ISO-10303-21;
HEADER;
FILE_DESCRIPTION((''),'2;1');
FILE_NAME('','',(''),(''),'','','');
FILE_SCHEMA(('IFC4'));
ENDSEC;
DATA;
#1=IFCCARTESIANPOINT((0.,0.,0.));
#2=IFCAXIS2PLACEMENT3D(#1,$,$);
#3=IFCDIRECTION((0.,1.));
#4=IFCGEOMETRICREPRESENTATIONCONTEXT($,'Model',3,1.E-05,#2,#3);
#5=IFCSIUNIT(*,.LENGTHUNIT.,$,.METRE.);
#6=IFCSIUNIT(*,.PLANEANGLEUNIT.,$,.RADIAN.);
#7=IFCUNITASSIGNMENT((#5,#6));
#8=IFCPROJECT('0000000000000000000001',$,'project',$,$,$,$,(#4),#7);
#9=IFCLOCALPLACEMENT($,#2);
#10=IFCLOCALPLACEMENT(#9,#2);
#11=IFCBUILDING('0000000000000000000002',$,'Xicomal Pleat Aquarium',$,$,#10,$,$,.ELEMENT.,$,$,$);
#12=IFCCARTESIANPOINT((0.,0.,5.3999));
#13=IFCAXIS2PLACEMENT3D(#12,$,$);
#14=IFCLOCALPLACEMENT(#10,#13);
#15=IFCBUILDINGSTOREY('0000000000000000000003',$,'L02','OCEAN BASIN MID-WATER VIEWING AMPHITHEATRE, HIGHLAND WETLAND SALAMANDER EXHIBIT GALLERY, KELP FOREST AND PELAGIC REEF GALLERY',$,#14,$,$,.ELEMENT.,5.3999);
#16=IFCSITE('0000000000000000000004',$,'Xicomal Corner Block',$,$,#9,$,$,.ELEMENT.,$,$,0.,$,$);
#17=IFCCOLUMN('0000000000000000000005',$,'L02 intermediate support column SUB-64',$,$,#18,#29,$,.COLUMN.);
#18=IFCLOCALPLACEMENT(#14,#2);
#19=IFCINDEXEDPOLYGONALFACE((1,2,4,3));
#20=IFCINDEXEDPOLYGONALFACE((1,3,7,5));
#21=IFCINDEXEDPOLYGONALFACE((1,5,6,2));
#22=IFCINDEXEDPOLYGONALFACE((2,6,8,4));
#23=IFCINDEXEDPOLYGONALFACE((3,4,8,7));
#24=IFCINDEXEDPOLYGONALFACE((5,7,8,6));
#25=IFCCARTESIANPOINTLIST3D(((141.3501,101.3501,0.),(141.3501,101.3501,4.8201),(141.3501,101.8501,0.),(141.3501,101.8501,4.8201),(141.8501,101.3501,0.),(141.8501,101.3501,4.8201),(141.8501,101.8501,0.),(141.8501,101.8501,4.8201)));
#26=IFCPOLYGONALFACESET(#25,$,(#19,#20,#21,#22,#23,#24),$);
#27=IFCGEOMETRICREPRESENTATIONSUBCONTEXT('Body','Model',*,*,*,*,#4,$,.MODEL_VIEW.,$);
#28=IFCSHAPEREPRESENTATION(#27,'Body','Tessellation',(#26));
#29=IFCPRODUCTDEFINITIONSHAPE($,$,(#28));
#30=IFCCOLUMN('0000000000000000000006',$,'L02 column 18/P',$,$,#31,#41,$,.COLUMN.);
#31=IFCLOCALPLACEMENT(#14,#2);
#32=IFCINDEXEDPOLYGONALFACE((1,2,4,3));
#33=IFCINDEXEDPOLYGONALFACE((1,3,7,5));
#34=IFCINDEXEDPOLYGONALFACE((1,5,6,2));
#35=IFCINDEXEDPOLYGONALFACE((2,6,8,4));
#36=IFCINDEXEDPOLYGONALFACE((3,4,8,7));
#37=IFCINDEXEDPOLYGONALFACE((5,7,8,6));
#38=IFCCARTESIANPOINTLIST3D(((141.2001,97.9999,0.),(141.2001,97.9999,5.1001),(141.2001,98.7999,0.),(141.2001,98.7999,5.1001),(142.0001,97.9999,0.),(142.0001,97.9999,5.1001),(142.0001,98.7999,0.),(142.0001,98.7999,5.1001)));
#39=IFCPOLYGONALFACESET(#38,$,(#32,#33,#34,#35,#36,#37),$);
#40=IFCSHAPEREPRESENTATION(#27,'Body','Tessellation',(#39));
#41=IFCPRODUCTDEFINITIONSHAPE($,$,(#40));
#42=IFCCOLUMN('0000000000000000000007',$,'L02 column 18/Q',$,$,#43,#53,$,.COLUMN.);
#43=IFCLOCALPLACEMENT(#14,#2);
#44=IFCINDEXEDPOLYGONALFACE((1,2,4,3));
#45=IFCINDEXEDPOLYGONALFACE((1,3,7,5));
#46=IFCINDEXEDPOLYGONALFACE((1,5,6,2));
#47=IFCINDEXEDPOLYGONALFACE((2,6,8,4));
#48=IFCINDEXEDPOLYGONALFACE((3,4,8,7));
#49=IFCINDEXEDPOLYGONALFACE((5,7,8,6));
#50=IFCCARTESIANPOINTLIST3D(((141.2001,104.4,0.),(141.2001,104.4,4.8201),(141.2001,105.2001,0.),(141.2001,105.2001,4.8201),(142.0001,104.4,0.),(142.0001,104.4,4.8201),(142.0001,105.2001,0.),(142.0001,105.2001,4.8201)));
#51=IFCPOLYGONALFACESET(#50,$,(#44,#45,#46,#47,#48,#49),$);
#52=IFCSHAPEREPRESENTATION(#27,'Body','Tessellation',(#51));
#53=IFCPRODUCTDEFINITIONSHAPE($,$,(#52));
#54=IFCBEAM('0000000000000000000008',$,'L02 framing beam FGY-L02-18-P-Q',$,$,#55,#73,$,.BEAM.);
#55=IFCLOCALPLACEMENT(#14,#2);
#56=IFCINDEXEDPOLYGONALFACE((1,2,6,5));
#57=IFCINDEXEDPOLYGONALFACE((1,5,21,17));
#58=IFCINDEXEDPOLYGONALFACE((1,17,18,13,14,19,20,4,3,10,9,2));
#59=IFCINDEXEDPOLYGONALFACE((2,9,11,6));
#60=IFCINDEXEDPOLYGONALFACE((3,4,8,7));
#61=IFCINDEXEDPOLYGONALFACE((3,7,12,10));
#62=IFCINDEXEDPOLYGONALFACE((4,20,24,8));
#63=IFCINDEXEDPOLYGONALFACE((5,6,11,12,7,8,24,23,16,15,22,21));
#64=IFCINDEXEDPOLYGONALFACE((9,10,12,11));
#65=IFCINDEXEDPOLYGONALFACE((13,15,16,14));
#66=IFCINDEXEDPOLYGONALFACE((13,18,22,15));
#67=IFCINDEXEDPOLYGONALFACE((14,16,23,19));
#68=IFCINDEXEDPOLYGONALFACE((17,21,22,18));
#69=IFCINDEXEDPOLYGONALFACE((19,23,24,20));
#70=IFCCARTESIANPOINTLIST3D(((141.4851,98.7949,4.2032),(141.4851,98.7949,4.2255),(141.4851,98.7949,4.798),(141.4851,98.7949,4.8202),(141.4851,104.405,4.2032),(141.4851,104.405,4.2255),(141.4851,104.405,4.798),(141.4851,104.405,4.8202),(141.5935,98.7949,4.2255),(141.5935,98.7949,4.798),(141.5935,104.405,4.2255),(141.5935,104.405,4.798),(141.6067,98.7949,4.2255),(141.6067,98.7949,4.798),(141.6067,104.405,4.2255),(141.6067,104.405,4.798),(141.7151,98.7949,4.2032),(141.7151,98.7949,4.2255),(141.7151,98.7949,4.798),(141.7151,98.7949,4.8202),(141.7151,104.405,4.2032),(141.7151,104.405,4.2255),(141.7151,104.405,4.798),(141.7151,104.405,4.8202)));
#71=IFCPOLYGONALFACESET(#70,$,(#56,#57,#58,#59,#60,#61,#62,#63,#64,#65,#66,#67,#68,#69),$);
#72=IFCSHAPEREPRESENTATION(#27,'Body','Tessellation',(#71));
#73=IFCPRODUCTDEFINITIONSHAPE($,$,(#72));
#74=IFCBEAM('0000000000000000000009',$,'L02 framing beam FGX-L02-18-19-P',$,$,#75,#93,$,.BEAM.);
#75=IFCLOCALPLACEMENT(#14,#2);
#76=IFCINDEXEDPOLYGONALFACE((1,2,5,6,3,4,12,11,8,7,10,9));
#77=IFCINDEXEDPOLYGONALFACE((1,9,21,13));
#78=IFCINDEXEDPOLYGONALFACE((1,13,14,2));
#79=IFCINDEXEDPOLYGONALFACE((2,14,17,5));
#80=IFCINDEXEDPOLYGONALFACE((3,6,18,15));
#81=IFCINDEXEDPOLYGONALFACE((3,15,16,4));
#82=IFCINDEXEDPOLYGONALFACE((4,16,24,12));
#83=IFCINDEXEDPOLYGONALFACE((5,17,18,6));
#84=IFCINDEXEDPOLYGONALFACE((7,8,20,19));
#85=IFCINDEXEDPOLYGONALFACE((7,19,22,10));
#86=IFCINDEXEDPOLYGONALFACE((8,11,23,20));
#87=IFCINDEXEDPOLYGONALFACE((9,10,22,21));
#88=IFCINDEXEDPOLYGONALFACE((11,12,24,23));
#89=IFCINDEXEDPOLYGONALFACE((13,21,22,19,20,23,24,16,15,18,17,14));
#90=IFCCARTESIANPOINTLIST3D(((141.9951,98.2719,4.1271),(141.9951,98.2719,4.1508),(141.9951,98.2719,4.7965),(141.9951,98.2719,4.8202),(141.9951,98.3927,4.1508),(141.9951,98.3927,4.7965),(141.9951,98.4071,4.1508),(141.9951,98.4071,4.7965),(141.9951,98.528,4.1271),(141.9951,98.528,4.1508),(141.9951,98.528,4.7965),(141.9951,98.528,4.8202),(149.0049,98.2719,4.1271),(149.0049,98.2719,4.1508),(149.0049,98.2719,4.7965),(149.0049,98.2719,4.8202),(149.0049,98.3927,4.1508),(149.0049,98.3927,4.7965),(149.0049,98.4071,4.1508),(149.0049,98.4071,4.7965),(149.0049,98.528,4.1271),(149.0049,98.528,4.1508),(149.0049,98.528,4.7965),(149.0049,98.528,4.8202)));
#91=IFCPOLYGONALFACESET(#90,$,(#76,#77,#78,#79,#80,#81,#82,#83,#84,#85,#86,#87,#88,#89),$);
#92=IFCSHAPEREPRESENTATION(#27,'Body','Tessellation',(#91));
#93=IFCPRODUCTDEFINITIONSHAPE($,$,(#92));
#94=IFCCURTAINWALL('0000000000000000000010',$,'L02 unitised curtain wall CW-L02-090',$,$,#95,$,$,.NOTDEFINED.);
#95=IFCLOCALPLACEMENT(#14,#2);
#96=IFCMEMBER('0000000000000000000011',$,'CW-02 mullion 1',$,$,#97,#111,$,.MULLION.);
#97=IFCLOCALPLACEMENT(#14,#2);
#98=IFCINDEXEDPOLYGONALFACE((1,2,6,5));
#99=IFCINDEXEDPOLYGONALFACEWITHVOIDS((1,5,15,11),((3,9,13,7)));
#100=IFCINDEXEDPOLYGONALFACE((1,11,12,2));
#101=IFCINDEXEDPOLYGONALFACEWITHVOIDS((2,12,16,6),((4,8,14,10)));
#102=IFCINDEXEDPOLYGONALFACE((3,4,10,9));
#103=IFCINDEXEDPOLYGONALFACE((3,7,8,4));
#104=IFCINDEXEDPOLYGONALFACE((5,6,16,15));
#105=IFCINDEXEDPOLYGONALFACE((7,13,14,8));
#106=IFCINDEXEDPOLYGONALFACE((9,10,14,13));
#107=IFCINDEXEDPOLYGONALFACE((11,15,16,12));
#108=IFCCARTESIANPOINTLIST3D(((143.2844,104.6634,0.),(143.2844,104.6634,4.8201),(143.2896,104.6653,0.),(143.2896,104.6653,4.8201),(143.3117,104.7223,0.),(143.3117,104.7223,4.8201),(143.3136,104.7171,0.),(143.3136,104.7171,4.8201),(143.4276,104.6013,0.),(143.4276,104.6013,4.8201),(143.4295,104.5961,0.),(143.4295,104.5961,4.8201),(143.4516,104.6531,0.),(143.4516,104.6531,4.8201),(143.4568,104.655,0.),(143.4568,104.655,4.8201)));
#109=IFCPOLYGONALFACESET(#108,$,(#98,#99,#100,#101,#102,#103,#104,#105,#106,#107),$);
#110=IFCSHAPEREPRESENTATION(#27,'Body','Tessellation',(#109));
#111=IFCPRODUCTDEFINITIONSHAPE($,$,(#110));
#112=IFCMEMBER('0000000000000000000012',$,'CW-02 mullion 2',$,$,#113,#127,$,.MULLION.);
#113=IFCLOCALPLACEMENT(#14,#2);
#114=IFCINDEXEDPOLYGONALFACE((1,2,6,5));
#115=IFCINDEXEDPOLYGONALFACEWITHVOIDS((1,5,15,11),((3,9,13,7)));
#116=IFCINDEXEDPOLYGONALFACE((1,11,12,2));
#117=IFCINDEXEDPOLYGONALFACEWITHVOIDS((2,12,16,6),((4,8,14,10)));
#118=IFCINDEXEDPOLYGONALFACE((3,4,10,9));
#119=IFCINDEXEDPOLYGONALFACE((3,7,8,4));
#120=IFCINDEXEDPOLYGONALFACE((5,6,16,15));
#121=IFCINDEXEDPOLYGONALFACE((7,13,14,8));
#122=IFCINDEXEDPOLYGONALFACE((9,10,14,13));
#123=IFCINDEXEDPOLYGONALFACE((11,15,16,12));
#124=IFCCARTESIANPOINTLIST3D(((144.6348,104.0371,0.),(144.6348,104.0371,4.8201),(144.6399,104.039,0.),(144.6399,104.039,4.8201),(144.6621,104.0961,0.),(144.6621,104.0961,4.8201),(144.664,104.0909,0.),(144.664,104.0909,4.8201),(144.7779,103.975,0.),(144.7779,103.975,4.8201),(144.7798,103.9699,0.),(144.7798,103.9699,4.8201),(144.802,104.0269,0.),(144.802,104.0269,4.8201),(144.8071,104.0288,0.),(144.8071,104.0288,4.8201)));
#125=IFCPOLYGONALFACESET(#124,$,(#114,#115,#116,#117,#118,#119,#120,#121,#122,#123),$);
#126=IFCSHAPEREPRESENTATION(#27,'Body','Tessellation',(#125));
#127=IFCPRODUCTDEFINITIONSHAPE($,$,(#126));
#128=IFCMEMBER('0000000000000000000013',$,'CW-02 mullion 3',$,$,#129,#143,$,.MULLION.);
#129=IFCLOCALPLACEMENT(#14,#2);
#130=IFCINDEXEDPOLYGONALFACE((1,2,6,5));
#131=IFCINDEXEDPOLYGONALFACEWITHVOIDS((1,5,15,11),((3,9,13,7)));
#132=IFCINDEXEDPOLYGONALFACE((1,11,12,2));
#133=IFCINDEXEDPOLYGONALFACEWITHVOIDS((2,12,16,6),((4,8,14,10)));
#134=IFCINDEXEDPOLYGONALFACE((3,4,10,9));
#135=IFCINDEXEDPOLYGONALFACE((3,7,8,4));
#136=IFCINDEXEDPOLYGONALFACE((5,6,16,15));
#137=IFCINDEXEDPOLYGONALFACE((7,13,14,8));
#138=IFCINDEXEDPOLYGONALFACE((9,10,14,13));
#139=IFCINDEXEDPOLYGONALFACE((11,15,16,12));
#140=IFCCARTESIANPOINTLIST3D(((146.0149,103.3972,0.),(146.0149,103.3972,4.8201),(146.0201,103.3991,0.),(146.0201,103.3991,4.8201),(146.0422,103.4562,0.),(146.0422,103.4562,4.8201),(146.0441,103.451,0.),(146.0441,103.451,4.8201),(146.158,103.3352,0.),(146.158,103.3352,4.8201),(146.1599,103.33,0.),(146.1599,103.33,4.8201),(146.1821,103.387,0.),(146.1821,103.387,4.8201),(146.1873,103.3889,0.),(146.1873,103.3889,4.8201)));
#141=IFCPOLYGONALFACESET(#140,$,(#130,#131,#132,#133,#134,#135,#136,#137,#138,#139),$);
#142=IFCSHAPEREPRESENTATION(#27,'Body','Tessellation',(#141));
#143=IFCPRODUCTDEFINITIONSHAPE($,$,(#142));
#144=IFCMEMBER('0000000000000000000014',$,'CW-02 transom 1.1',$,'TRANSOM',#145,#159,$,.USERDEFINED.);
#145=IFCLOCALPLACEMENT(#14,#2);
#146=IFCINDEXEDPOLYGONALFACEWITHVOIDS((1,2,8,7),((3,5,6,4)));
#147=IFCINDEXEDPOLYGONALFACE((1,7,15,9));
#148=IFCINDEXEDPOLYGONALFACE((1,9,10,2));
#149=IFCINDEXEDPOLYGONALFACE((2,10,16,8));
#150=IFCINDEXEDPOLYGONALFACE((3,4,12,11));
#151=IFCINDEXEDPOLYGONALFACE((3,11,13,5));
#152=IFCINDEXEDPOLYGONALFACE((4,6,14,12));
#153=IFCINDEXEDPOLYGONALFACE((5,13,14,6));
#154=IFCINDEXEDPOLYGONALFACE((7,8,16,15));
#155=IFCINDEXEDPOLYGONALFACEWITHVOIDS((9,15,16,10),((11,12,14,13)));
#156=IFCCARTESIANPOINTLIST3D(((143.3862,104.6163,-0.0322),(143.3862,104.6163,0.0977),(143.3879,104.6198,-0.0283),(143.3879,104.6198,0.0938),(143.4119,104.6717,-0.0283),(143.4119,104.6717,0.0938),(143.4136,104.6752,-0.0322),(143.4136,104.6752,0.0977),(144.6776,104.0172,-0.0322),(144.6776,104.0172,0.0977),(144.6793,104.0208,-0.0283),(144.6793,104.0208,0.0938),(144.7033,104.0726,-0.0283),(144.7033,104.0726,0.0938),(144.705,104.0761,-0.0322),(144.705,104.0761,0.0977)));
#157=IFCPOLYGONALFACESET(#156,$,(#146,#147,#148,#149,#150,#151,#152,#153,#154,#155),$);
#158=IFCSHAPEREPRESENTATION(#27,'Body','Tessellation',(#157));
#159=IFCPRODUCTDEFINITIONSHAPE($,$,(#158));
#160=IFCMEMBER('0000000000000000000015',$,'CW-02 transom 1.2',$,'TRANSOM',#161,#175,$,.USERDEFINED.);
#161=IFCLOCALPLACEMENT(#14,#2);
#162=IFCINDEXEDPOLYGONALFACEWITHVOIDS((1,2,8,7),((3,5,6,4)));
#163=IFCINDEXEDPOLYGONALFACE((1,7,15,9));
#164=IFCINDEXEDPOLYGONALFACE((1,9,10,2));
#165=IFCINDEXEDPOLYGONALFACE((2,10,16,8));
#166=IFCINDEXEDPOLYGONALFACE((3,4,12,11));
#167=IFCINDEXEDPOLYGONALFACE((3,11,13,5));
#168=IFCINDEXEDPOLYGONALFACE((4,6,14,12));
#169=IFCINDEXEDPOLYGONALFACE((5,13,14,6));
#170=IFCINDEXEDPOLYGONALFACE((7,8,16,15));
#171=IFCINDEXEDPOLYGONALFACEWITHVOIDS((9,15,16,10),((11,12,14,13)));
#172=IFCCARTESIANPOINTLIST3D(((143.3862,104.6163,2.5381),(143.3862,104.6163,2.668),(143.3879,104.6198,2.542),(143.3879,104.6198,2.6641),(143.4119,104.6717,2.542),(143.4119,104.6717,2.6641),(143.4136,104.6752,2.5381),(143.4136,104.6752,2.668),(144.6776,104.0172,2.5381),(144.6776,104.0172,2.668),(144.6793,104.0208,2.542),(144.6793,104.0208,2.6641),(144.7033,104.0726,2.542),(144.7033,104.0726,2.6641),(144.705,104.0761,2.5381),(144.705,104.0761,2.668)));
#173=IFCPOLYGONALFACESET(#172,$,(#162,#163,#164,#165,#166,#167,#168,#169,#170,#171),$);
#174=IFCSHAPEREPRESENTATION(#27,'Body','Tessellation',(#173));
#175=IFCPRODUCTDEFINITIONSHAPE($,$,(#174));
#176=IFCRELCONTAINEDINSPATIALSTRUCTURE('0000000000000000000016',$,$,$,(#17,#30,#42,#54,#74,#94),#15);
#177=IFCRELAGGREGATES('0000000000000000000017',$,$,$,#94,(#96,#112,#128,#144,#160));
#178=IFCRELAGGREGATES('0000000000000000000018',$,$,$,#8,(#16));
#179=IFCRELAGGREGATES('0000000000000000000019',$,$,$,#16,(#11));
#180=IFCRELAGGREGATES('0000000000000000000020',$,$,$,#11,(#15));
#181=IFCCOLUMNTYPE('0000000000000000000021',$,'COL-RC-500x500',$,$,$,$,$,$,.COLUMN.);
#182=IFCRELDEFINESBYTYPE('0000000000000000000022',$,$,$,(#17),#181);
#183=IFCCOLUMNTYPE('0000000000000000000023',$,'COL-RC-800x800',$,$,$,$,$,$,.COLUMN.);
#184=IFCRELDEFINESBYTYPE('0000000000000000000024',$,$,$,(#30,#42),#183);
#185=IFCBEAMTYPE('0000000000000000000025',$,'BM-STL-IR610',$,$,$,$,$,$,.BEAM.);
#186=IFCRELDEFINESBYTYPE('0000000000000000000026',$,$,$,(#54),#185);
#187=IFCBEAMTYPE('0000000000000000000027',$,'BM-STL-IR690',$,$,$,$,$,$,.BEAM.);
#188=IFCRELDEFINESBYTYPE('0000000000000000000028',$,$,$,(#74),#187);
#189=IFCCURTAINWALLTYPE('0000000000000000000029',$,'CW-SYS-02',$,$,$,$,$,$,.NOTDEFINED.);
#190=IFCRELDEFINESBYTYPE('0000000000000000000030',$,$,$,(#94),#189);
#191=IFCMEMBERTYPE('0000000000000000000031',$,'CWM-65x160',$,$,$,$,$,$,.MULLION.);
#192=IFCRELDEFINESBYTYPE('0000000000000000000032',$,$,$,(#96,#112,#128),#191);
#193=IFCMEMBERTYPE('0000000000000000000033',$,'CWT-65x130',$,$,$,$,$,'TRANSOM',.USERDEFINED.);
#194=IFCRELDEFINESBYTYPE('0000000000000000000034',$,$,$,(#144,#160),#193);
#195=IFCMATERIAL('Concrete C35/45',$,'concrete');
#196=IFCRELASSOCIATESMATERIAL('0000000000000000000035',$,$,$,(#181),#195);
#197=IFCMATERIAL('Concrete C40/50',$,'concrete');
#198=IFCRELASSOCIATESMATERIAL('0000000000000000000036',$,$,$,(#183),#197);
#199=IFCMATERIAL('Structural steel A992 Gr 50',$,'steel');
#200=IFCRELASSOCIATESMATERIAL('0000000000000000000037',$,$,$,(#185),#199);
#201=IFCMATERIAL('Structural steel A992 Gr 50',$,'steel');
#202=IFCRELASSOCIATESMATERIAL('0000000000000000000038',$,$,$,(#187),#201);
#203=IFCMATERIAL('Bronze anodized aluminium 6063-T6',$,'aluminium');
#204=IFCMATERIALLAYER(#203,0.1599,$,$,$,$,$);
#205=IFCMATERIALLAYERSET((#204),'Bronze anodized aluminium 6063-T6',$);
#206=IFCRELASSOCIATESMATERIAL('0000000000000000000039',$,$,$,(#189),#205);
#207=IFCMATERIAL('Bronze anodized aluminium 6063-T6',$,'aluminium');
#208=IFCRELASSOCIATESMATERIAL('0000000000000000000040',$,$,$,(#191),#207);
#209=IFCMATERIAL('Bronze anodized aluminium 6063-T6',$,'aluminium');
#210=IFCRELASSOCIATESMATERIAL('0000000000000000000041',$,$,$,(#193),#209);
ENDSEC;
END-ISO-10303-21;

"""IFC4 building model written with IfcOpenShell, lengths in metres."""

from ifc_helpers import new_model, si_unit, direction, frame, origin, origin_2d, place, context, subcontext, project, spatial, rectangle, hollow_rectangle, i_section, extrude, material, layer, layer_set, material_profile, profile_set, type_object, element, aggregate, save


model = new_model("IFC4")

# Units and contexts
model_context = context("Model", 3, precision=1e-05, world=origin(), true_north=direction((0.0, 1.0)))
body_context = subcontext(model_context, "Body", "Model", "MODEL_VIEW")
ifc_project = project(units=[si_unit("LENGTHUNIT", "METRE"), si_unit("PLANEANGLEUNIT", "RADIAN")], contexts=[model_context])

# Site, building, storey
site_placement = place(None, origin())
site = spatial("IfcSite", under=ifc_project, at=site_placement, Name="Xicomal Corner Block", CompositionType="ELEMENT", RefElevation=0.0)
building_placement = place(site_placement, origin())
building = spatial("IfcBuilding", under=site, at=building_placement, Name="Xicomal Pleat Aquarium", CompositionType="ELEMENT")
storey_placement = place(building_placement, frame((0.0, 0.0, 5.3999)))
storey = spatial("IfcBuildingStorey", under=building, at=storey_placement, Name="L02", Description="OCEAN BASIN MID-WATER VIEWING AMPHITHEATRE, HIGHLAND WETLAND SALAMANDER EXHIBIT GALLERY, KELP FOREST AND PELAGIC REEF GALLERY", CompositionType="ELEMENT", Elevation=5.3999)

# Columns
ifc_material_1 = material(Name="Concrete C35/45", Category="concrete")
ifc_material_profile_1 = material_profile(ifc_material_1, rectangle(XDim=0.5, YDim=0.5, at=origin_2d()), Name="RC 500x500")
ifc_profile_set_1 = profile_set([ifc_material_profile_1], Name="Concrete C35/45")
column_type_1 = type_object("IfcColumnType", Name="COL-RC-500x500", PredefinedType="COLUMN", material=ifc_profile_set_1)
column_1_placement = place(storey_placement, frame((141.6001, 101.6001, 0.0), z_axis=(0.0, 0.0, 1.0), x_axis=(1.0, 0.0, 0.0)))
element("IfcColumn", 1, at=column_1_placement, inside=storey, type_object=column_type_1, Name="L02 intermediate support column SUB-64", PredefinedType="COLUMN", context=body_context, shape_type="SweptSolid", body=[
    extrude(rectangle(XDim=0.5, YDim=0.5, at=origin_2d()), origin(), (0.0, 0.0, 1.0), 4.8201),
])
ifc_material_2 = material(Name="Concrete C40/50", Category="concrete")
ifc_material_profile_2 = material_profile(ifc_material_2, rectangle(XDim=0.8, YDim=0.8, at=origin_2d()), Name="RC 800x800")
ifc_profile_set_2 = profile_set([ifc_material_profile_2], Name="Concrete C40/50")
column_type_2 = type_object("IfcColumnType", Name="COL-RC-800x800", PredefinedType="COLUMN", material=ifc_profile_set_2)
column_2_placement = place(storey_placement, frame((141.6001, 98.3999, 0.0), z_axis=(0.0, 0.0, 1.0), x_axis=(1.0, 0.0, 0.0)))
element("IfcColumn", 2, at=column_2_placement, inside=storey, type_object=column_type_2, Name="L02 column 18/P", PredefinedType="COLUMN", context=body_context, shape_type="SweptSolid", body=[
    extrude(rectangle(XDim=0.8, YDim=0.8, at=origin_2d()), origin(), (0.0, 0.0, 1.0), 5.1001),
])
column_3_placement = place(storey_placement, frame((141.6001, 104.8, 0.0), z_axis=(0.0, 0.0, 1.0), x_axis=(1.0, 0.0, 0.0)))
element("IfcColumn", 3, at=column_3_placement, inside=storey, type_object=column_type_2, Name="L02 column 18/Q", PredefinedType="COLUMN", context=body_context, shape_type="SweptSolid", body=[
    extrude(rectangle(XDim=0.8, YDim=0.8, at=origin_2d()), origin(), (0.0, 0.0, 1.0), 4.8201),
])

# Beams
ifc_material_3 = material(Name="Structural steel A992 Gr 50", Category="steel")
ifc_material_profile_3 = material_profile(ifc_material_3, i_section(OverallWidth=0.23, OverallDepth=0.6169, WebThickness=0.0132, FlangeThickness=0.0222, at=origin_2d()), Name="IR 610x140")
ifc_profile_set_3 = profile_set([ifc_material_profile_3], Name="Structural steel A992 Gr 50")
beam_type_1 = type_object("IfcBeamType", Name="BM-STL-IR610", PredefinedType="BEAM", material=ifc_profile_set_3)
beam_1_placement = place(storey_placement, frame((141.6001, 98.7949, 4.5117), z_axis=(0.0, 1.0, 0.0), x_axis=(-1.0, 0.0, 0.0)))
element("IfcBeam", 4, at=beam_1_placement, inside=storey, type_object=beam_type_1, Name="L02 framing beam FGY-L02-18-P-Q", PredefinedType="BEAM", context=body_context, shape_type="SweptSolid", body=[
    extrude(i_section(OverallWidth=0.23, OverallDepth=0.6169, WebThickness=0.0132, FlangeThickness=0.0222, at=origin_2d()), origin(), (0.0, 0.0, 1.0), 5.6101),
])
ifc_material_4 = material(Name="Structural steel A992 Gr 50", Category="steel")
ifc_material_profile_4 = material_profile(ifc_material_4, i_section(OverallWidth=0.2561, OverallDepth=0.6931, WebThickness=0.0144, FlangeThickness=0.0237, at=origin_2d()), Name="IR 690x170")
ifc_profile_set_4 = profile_set([ifc_material_profile_4], Name="Structural steel A992 Gr 50")
beam_type_2 = type_object("IfcBeamType", Name="BM-STL-IR690", PredefinedType="BEAM", material=ifc_profile_set_4)
beam_2_placement = place(storey_placement, frame((141.9951, 98.3999, 4.4736), z_axis=(1.0, 0.0, 0.0), x_axis=(0.0, 1.0, 0.0)))
element("IfcBeam", 5, at=beam_2_placement, inside=storey, type_object=beam_type_2, Name="L02 framing beam FGX-L02-18-19-P", PredefinedType="BEAM", context=body_context, shape_type="SweptSolid", body=[
    extrude(i_section(OverallWidth=0.2561, OverallDepth=0.6931, WebThickness=0.0144, FlangeThickness=0.0237, at=origin_2d()), origin(), (0.0, 0.0, 1.0), 7.0098),
])

# Curtain wall, members
ifc_material_5 = material(Name="Bronze anodized aluminium 6063-T6", Category="aluminium")
ifc_layer_1 = layer(ifc_material_5, 0.1599)
ifc_layer_set_1 = layer_set([ifc_layer_1], Name="Bronze anodized aluminium 6063-T6")
curtain_wall_type = type_object("IfcCurtainWallType", Name="CW-SYS-02", PredefinedType="NOTDEFINED", material=ifc_layer_set_1)
curtain_wall_placement = place(storey_placement, origin())
curtain_wall = element("IfcCurtainWall", 6, at=curtain_wall_placement, inside=storey, type_object=curtain_wall_type, Name="L02 unitised curtain wall CW-L02-090", PredefinedType="NOTDEFINED")
ifc_material_6 = material(Name="Bronze anodized aluminium 6063-T6", Category="aluminium")
ifc_material_profile_5 = material_profile(ifc_material_6, hollow_rectangle(XDim=0.0649, YDim=0.1599, WallThickness=0.0039, at=origin_2d()), Name="ALU MULL 65x160")
ifc_profile_set_5 = profile_set([ifc_material_profile_5], Name="Bronze anodized aluminium 6063-T6")
member_type_1 = type_object("IfcMemberType", Name="CWM-65x160", PredefinedType="MULLION", material=ifc_profile_set_5)
member_1_placement = place(storey_placement, frame((143.3706, 104.6592, 0.0), z_axis=(0.0, 0.0, 1.0), x_axis=(0.420725, 0.907188, 0.0)))
member_1 = element("IfcMember", 7, at=member_1_placement, type_object=member_type_1, Name="CW-02 mullion 1", PredefinedType="MULLION", context=body_context, shape_type="SweptSolid", body=[
    extrude(hollow_rectangle(XDim=0.0649, YDim=0.1599, WallThickness=0.0039, at=origin_2d()), origin(), (0.0, 0.0, 1.0), 4.8201),
])
member_2_placement = place(storey_placement, frame((144.7209, 104.033, 0.0), z_axis=(0.0, 0.0, 1.0), x_axis=(0.420725, 0.907188, 0.0)))
member_2 = element("IfcMember", 8, at=member_2_placement, type_object=member_type_1, Name="CW-02 mullion 2", PredefinedType="MULLION", context=body_context, shape_type="SweptSolid", body=[
    extrude(hollow_rectangle(XDim=0.0649, YDim=0.1599, WallThickness=0.0039, at=origin_2d()), origin(), (0.0, 0.0, 1.0), 4.8201),
])
member_3_placement = place(storey_placement, frame((146.1011, 103.3931, 0.0), z_axis=(0.0, 0.0, 1.0), x_axis=(0.420725, 0.907188, 0.0)))
member_3 = element("IfcMember", 9, at=member_3_placement, type_object=member_type_1, Name="CW-02 mullion 3", PredefinedType="MULLION", context=body_context, shape_type="SweptSolid", body=[
    extrude(hollow_rectangle(XDim=0.0649, YDim=0.1599, WallThickness=0.0039, at=origin_2d()), origin(), (0.0, 0.0, 1.0), 4.8201),
])
ifc_material_7 = material(Name="Bronze anodized aluminium 6063-T6", Category="aluminium")
ifc_material_profile_6 = material_profile(ifc_material_7, hollow_rectangle(XDim=0.0649, YDim=0.1299, WallThickness=0.0039, at=origin_2d()), Name="ALU TRAN 65x130")
ifc_profile_set_6 = profile_set([ifc_material_profile_6], Name="Bronze anodized aluminium 6063-T6")
member_type_2 = type_object("IfcMemberType", Name="CWT-65x130", ElementType="TRANSOM", PredefinedType="USERDEFINED", material=ifc_profile_set_6)
member_4_placement = place(storey_placement, frame((143.3999, 104.6458, 0.0327), z_axis=(0.907145, -0.420819, 0.0), x_axis=(0.420819, 0.907145, 0.0)))
member_4 = element("IfcMember", 10, at=member_4_placement, type_object=member_type_2, Name="CW-02 transom 1.1", ObjectType="TRANSOM", PredefinedType="USERDEFINED", context=body_context, shape_type="SweptSolid", body=[
    extrude(hollow_rectangle(XDim=0.0649, YDim=0.1299, WallThickness=0.0039, at=origin_2d()), origin(), (0.0, 0.0, 1.0), 1.4236),
])
member_5_placement = place(storey_placement, frame((143.3999, 104.6458, 2.603), z_axis=(0.907145, -0.420819, 0.0), x_axis=(0.420819, 0.907145, 0.0)))
member_5 = element("IfcMember", 11, at=member_5_placement, type_object=member_type_2, Name="CW-02 transom 1.2", ObjectType="TRANSOM", PredefinedType="USERDEFINED", context=body_context, shape_type="SweptSolid", body=[
    extrude(hollow_rectangle(XDim=0.0649, YDim=0.1299, WallThickness=0.0039, at=origin_2d()), origin(), (0.0, 0.0, 1.0), 1.4236),
])
aggregate(curtain_wall, [member_1, member_2, member_3, member_4, member_5])

save(model, "model.ifc")
